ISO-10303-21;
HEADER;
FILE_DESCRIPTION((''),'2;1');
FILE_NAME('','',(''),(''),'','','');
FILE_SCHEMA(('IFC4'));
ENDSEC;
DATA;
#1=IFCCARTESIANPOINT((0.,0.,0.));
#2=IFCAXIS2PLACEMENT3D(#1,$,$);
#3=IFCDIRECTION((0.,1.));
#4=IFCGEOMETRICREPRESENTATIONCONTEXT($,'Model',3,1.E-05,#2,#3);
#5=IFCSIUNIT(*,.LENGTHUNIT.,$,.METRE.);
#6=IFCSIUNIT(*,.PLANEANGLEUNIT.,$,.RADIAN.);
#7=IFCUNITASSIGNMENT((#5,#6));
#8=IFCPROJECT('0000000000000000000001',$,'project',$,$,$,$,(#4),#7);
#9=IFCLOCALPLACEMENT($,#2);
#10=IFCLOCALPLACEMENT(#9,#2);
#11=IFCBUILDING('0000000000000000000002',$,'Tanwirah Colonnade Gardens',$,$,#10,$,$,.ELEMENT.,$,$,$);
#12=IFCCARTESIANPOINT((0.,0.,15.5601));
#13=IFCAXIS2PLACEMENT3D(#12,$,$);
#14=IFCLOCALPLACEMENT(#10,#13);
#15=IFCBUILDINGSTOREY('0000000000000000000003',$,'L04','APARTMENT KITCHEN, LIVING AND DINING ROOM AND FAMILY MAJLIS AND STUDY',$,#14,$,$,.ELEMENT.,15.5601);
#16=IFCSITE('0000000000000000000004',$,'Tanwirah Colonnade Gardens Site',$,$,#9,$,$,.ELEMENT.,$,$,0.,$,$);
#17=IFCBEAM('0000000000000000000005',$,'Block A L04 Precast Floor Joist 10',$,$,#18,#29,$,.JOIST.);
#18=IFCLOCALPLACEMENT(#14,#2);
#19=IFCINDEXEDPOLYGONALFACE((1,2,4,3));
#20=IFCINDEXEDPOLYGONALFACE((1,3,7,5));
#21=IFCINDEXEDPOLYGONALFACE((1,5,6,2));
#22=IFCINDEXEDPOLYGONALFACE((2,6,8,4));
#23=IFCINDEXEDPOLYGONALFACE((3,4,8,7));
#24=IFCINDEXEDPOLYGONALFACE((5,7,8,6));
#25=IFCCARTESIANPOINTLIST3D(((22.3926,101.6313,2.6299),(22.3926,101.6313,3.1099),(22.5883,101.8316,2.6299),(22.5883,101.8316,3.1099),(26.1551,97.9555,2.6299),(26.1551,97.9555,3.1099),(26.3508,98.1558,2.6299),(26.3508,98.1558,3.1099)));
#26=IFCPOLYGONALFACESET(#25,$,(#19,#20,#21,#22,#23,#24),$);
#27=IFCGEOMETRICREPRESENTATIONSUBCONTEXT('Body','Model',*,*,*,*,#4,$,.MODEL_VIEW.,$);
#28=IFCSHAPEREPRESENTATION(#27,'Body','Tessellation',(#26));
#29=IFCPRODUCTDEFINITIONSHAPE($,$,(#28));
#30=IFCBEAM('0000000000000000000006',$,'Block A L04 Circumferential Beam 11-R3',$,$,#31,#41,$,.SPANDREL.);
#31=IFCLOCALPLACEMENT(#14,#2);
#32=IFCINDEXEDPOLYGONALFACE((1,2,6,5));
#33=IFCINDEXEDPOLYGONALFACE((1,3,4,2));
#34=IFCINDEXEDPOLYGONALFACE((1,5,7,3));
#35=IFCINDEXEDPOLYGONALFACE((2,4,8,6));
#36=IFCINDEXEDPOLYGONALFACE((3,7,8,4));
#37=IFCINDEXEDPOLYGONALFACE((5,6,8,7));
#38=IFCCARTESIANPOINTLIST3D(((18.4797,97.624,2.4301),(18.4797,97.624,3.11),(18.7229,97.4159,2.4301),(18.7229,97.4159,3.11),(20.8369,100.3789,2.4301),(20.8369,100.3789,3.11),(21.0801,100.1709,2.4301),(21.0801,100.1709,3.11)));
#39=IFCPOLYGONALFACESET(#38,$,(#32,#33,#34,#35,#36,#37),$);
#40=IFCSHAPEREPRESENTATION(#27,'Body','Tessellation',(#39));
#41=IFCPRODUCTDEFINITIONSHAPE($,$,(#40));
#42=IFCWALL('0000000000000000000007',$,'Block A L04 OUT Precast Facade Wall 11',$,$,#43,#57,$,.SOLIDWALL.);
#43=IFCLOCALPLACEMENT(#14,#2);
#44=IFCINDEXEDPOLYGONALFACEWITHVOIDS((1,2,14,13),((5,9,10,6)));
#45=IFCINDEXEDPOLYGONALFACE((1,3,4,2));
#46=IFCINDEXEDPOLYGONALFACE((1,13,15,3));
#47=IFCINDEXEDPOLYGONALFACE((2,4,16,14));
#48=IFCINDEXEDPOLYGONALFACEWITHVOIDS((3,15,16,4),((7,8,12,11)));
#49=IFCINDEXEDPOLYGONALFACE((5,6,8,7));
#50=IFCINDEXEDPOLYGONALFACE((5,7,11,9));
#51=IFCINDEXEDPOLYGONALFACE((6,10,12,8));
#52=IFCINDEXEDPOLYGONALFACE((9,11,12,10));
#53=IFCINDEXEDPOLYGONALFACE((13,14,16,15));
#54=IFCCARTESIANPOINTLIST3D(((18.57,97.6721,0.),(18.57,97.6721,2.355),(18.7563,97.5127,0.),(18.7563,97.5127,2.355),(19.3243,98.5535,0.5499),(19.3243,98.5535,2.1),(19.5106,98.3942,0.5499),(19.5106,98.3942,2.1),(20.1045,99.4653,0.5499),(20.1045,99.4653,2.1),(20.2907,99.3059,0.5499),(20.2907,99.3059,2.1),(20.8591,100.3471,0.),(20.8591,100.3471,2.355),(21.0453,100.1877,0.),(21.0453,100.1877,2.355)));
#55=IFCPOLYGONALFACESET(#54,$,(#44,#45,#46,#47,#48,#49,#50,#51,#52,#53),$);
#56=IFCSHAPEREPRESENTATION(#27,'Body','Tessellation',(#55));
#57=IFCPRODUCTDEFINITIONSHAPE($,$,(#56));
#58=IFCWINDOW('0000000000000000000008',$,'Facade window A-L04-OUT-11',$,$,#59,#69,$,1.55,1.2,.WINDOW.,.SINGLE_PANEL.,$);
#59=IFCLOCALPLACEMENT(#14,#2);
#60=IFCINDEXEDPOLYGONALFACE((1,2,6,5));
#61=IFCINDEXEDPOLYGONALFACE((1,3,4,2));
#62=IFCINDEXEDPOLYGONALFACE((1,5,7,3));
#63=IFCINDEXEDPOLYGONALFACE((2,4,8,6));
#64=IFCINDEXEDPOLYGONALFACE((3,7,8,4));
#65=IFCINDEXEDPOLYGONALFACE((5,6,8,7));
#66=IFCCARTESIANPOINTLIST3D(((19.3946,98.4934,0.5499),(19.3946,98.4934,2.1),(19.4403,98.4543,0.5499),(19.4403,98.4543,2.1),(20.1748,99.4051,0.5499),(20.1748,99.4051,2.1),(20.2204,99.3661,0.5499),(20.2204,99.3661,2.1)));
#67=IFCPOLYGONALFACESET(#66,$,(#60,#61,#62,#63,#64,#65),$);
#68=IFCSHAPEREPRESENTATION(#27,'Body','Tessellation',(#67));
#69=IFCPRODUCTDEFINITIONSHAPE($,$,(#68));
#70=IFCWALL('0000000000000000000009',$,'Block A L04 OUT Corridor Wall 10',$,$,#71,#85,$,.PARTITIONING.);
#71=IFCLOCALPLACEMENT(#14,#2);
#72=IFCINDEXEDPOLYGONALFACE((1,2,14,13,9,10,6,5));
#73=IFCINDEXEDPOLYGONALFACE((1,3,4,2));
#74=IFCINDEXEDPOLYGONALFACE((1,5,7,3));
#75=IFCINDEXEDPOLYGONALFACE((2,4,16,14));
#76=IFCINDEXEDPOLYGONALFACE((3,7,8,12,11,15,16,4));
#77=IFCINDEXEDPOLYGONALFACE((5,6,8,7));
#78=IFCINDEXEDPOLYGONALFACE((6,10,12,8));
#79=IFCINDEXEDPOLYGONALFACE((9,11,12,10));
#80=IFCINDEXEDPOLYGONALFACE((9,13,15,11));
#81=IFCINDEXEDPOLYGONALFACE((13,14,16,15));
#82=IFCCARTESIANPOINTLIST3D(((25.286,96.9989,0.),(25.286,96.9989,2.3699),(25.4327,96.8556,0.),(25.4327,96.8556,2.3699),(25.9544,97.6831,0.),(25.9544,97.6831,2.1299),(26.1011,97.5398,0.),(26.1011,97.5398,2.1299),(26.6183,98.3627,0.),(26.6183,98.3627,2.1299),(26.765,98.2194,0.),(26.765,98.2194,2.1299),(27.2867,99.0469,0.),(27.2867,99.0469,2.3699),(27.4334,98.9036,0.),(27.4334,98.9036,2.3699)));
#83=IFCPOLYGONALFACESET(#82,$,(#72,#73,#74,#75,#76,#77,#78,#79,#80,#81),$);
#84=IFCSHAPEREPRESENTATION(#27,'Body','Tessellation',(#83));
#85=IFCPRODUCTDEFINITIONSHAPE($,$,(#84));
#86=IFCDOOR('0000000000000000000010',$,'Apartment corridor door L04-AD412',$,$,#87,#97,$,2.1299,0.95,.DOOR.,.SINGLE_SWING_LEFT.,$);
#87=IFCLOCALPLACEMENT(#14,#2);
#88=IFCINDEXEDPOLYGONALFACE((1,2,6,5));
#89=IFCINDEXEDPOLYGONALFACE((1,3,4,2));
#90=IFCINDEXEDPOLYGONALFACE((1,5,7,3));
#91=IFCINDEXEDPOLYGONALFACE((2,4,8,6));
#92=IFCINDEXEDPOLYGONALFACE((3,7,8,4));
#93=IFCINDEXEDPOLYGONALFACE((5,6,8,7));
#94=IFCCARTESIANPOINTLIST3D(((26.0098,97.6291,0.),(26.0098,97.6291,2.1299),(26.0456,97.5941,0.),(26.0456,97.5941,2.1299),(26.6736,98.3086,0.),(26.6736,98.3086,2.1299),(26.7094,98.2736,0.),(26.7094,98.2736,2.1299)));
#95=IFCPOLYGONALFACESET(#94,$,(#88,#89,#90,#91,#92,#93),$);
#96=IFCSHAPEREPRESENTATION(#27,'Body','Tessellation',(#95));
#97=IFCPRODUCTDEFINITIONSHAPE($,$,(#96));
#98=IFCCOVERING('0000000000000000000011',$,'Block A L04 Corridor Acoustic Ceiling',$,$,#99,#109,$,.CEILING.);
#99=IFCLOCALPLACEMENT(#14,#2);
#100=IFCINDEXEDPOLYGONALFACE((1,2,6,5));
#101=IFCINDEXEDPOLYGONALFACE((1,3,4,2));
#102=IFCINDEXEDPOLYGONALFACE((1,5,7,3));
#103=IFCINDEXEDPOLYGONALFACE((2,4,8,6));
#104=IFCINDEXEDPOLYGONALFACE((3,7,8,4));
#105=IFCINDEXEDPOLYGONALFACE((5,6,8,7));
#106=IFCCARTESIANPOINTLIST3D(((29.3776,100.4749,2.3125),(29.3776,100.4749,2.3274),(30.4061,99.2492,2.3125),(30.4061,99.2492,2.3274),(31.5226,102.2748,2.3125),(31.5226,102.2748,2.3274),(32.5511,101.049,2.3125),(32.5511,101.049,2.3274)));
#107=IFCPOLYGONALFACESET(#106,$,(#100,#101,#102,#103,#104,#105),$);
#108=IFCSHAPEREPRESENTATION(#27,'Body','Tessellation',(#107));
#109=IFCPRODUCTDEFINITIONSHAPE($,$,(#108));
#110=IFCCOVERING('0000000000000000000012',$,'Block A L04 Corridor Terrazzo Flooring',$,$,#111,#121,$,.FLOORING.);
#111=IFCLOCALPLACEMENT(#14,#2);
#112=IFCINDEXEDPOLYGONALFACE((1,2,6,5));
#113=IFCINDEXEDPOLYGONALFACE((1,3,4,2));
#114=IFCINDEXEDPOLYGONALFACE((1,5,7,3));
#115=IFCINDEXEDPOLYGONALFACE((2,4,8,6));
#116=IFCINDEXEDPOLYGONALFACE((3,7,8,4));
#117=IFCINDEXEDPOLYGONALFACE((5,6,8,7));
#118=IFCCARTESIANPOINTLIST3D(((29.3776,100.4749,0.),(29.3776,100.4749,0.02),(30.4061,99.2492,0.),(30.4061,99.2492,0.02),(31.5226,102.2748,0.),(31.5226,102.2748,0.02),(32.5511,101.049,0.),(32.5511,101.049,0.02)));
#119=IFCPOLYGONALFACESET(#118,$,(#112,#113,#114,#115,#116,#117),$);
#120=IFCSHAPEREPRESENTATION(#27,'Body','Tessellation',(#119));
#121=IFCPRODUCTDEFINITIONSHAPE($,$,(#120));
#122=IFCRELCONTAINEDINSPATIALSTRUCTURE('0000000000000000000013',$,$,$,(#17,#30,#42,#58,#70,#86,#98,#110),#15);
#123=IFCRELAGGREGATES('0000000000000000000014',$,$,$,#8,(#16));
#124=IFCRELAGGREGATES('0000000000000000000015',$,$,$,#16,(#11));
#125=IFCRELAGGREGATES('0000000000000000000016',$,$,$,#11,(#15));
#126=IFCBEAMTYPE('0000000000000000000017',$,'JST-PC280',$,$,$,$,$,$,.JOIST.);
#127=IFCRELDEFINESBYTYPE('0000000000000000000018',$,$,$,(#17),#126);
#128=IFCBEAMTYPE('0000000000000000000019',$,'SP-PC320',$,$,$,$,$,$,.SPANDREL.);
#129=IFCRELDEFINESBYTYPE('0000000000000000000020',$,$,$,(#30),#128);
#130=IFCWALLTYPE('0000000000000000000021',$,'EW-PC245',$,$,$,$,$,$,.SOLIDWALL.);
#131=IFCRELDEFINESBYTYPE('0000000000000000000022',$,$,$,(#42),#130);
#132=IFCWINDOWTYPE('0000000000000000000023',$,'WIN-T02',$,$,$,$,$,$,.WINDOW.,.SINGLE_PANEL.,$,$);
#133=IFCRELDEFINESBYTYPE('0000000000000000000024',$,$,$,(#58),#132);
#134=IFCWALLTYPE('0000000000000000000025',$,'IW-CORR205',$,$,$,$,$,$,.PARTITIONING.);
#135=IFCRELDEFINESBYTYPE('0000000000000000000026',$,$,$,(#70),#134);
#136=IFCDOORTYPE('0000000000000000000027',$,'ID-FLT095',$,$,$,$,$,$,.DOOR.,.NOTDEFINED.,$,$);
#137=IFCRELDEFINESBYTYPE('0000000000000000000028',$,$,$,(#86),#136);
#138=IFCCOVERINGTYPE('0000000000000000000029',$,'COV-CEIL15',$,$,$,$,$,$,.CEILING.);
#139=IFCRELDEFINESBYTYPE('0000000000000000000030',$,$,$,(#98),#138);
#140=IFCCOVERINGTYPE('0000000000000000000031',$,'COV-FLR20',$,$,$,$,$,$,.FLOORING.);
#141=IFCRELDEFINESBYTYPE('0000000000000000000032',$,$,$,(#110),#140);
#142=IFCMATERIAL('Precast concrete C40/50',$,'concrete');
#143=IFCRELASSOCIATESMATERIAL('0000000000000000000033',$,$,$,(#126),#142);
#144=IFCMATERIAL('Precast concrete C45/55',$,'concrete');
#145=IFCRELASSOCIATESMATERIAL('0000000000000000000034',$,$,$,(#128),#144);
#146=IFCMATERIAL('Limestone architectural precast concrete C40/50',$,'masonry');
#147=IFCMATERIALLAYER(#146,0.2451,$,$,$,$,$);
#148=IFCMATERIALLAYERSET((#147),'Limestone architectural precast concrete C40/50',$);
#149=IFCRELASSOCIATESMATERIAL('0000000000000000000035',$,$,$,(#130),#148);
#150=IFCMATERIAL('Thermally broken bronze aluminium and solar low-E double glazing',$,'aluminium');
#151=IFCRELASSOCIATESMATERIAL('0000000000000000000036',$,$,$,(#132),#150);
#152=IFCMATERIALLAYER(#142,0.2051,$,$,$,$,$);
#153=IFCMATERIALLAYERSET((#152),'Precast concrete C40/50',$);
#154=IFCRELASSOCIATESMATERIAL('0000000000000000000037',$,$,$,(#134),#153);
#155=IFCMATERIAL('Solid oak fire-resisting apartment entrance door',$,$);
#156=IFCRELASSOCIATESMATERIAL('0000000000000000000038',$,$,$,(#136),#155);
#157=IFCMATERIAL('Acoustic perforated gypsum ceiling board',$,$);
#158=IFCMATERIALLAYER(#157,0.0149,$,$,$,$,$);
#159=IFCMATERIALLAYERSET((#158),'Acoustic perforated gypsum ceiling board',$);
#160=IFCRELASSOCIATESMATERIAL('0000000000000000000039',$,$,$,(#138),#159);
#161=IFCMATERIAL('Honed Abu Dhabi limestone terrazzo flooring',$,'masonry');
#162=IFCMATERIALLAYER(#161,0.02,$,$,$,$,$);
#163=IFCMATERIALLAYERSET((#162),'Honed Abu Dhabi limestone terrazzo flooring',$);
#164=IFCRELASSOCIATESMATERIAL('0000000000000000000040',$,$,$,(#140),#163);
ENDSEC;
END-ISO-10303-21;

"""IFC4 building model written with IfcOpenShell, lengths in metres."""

from ifc_helpers import new_model, si_unit, direction, frame, frame_2d, origin, origin_2d, place, context, subcontext, project, spatial, rectangle, extrude, material, layer, layer_set, material_profile, profile_set, type_object, element, fill, save


model = new_model("IFC4")

# Units and contexts
model_context = context("Model", 3, precision=1e-05, world=origin(), true_north=direction((0.0, 1.0)))
body_context = subcontext(model_context, "Body", "Model", "MODEL_VIEW")
ifc_project = project(units=[si_unit("LENGTHUNIT", "METRE"), si_unit("PLANEANGLEUNIT", "RADIAN")], contexts=[model_context])

# Site, building, storey
site_placement = place(None, origin())
site = spatial("IfcSite", under=ifc_project, at=site_placement, Name="Tanwirah Colonnade Gardens Site", CompositionType="ELEMENT", RefElevation=0.0)
building_placement = place(site_placement, origin())
building = spatial("IfcBuilding", under=site, at=building_placement, Name="Tanwirah Colonnade Gardens", CompositionType="ELEMENT")
storey_placement = place(building_placement, frame((0.0, 0.0, 15.5601)))
storey = spatial("IfcBuildingStorey", under=building, at=storey_placement, Name="L04", Description="APARTMENT KITCHEN, LIVING AND DINING ROOM AND FAMILY MAJLIS AND STUDY", CompositionType="ELEMENT", Elevation=15.5601)

# Shared definitions
ifc_material_1 = material(Name="Precast concrete C45/55", Category="concrete")
ifc_material_2 = material(Name="Precast concrete C40/50", Category="concrete")

# Beams
ifc_material_profile_1 = material_profile(ifc_material_2, rectangle(XDim=0.28, YDim=0.48, at=origin_2d()), Name="PC-JST 280x480")
ifc_profile_set_1 = profile_set([ifc_material_profile_1], Name="Precast concrete C40/50")
beam_type_1 = type_object("IfcBeamType", Name="JST-PC280", PredefinedType="JOIST", material=ifc_profile_set_1)
for number, where, z_axis, x_axis, name in (
    (1, (26.2529, 98.0557, 2.8699), (-0.715297, 0.69882, 0.0), (-0.69882, -0.715297, 0.0), "Block A L04 Precast Floor Joist 10"),
):
    element("IfcBeam", number, at=place(storey_placement, frame(where, z_axis=z_axis, x_axis=x_axis)), inside=storey, type_object=beam_type_1, Name=name, PredefinedType="JOIST", context=body_context, shape_type="SweptSolid", body=[
        extrude(rectangle(XDim=0.28, YDim=0.48, at=origin_2d()), origin(), (0.0, 0.0, 1.0), 5.26),
    ])
ifc_material_profile_2 = material_profile(ifc_material_1, rectangle(XDim=0.3201, YDim=0.6799, at=origin_2d()), Name="PC-SP 320x680")
ifc_profile_set_2 = profile_set([ifc_material_profile_2], Name="Precast concrete C45/55")
beam_type_2 = type_object("IfcBeamType", Name="SP-PC320", PredefinedType="SPANDREL", material=ifc_profile_set_2)
beam_1_placement = place(storey_placement, frame((20.9585, 100.2749, 2.77), z_axis=(-0.650131, -0.759822, 0.0), x_axis=(0.759822, -0.650131, 0.0)))
element("IfcBeam", 2, at=beam_1_placement, inside=storey, type_object=beam_type_2, Name="Block A L04 Circumferential Beam 11-R3", PredefinedType="SPANDREL", context=body_context, shape_type="SweptSolid", body=[
    extrude(rectangle(XDim=0.3201, YDim=0.6799, at=origin_2d()), origin(), (0.0, 0.0, 1.0), 3.6257),
])

# Wall, opening, window
ifc_material_3 = material(Name="Limestone architectural precast concrete C40/50", Category="masonry")
ifc_layer_1 = layer(ifc_material_3, 0.2451)
ifc_layer_set_1 = layer_set([ifc_layer_1], Name="Limestone architectural precast concrete C40/50")
wall_type_1 = type_object("IfcWallType", Name="EW-PC245", PredefinedType="SOLIDWALL", material=ifc_layer_set_1)
wall_1_placement = place(storey_placement, frame((20.9521, 100.2673, 0.0), z_axis=(0.0, 0.0, 1.0), x_axis=(-0.650163, -0.759795, 0.0)))
wall_1 = element("IfcWall", 3, at=wall_1_placement, inside=storey, type_object=wall_type_1, Name="Block A L04 OUT Precast Facade Wall 11", PredefinedType="SOLIDWALL", context=body_context, shape_type="SweptSolid", body=[
    extrude(rectangle(XDim=3.5208, YDim=0.2451, at=frame_2d((1.7603, 0.0))), origin(), (0.0, 0.0, 1.0), 2.355),
])
opening_1_placement = place(wall_1_placement, frame((1.1604, 0.0, 0.55)))
opening_1 = element("IfcOpeningElement", 4, at=opening_1_placement, cuts=wall_1, PredefinedType="OPENING", context=body_context, shape_type="SweptSolid", body=[
    extrude(rectangle(XDim=1.2, YDim=1.55, at=frame_2d((0.6001, 0.7749))), frame((0.0, 0.1326, 0.0), z_axis=(0.0, -1.0, 0.0), x_axis=(1.0, 0.0, 0.0)), (0.0, 0.0, 1.0), 0.2651),
])
ifc_material_4 = material(Name="Thermally broken bronze aluminium and solar low-E double glazing", Category="aluminium")
window_type = type_object("IfcWindowType", Name="WIN-T02", PartitioningType="SINGLE_PANEL", PredefinedType="WINDOW", material=ifc_material_4)
window_placement = place(opening_1_placement, origin())
window = element("IfcWindow", 5, at=window_placement, inside=storey, type_object=window_type, Name="Facade window A-L04-OUT-11", OverallHeight=1.55, OverallWidth=1.2, PartitioningType="SINGLE_PANEL", PredefinedType="WINDOW", context=body_context, shape_type="SweptSolid", body=[
    extrude(rectangle(XDim=1.2, YDim=1.55, at=frame_2d((0.6001, 0.7749))), frame((0.0, 0.03, 0.0), z_axis=(0.0, -1.0, 0.0), x_axis=(1.0, 0.0, 0.0)), (0.0, 0.0, 1.0), 0.0601),
])
fill(opening_1, window)

# Wall, opening, door
ifc_layer_2 = layer(ifc_material_2, 0.2051)
ifc_layer_set_2 = layer_set([ifc_layer_2], Name="Precast concrete C40/50")
wall_type_2 = type_object("IfcWallType", Name="IW-CORR205", PredefinedType="PARTITIONING", material=ifc_layer_set_2)
ifc_material_5 = material(Name="Solid oak fire-resisting apartment entrance door")
wall_2_placement = place(storey_placement, frame((27.3601, 98.9753, 0.0), z_axis=(0.0, 0.0, 1.0), x_axis=(-0.698787, -0.71533, 0.0)))
wall_2 = element("IfcWall", 6, at=wall_2_placement, inside=storey, type_object=wall_type_2, Name="Block A L04 OUT Corridor Wall 10", PredefinedType="PARTITIONING", context=body_context, shape_type="SweptSolid", body=[
    extrude(rectangle(XDim=2.863, YDim=0.2051, at=frame_2d((1.4316, 0.0))), origin(), (0.0, 0.0, 1.0), 2.3699),
])
opening_2_placement = place(wall_2_placement, frame((0.9565, 0.0, 0.0)))
opening_2 = element("IfcOpeningElement", 7, at=opening_2_placement, cuts=wall_2, PredefinedType="OPENING", context=body_context, shape_type="SweptSolid", body=[
    extrude(rectangle(XDim=0.95, YDim=2.1299, at=frame_2d((0.4751, 1.0649))), frame((0.0, 0.1125, 0.0), z_axis=(0.0, -1.0, 0.0), x_axis=(1.0, 0.0, 0.0)), (0.0, 0.0, 1.0), 0.2251),
])
door_type_1 = type_object("IfcDoorType", Name="ID-FLT095", OperationType="NOTDEFINED", PredefinedType="DOOR", material=ifc_material_5)
door_1_placement = place(opening_2_placement, origin())
door_1 = element("IfcDoor", 8, at=door_1_placement, inside=storey, type_object=door_type_1, Name="Apartment corridor door L04-AD412", OperationType="SINGLE_SWING_LEFT", OverallHeight=2.1299, OverallWidth=0.95, PredefinedType="DOOR", context=body_context, shape_type="SweptSolid", body=[
    extrude(rectangle(XDim=0.95, YDim=2.1299, at=frame_2d((0.4751, 1.0649))), frame((0.0, 0.0249, 0.0), z_axis=(0.0, -1.0, 0.0), x_axis=(1.0, 0.0, 0.0)), (0.0, 0.0, 1.0), 0.05),
])
fill(opening_2, door_1)

# Coverings
ifc_material_6 = material(Name="Acoustic perforated gypsum ceiling board")
ifc_layer_3 = layer(ifc_material_6, 0.0149)
ifc_layer_set_3 = layer_set([ifc_layer_3], Name="Acoustic perforated gypsum ceiling board")
covering_type_1 = type_object("IfcCoveringType", Name="COV-CEIL15", PredefinedType="CEILING", material=ifc_layer_set_3)
covering_1_placement = place(storey_placement, frame((30.9644, 100.762, 2.3125), z_axis=(0.0, 0.0, 1.0), x_axis=(-0.766044, -0.642788, 0.0)))
element("IfcCovering", 9, at=covering_1_placement, inside=storey, type_object=covering_type_1, Name="Block A L04 Corridor Acoustic Ceiling", PredefinedType="CEILING", context=body_context, shape_type="SweptSolid", body=[
    extrude(rectangle(XDim=2.8, YDim=1.6001, at=origin_2d()), origin(), (0.0, 0.0, 1.0), 0.0149),
])
ifc_material_7 = material(Name="Honed Abu Dhabi limestone terrazzo flooring", Category="masonry")
ifc_layer_4 = layer(ifc_material_7, 0.02)
ifc_layer_set_4 = layer_set([ifc_layer_4], Name="Honed Abu Dhabi limestone terrazzo flooring")
covering_type_2 = type_object("IfcCoveringType", Name="COV-FLR20", PredefinedType="FLOORING", material=ifc_layer_set_4)
covering_2_placement = place(storey_placement, frame((30.9644, 100.762, 0.0), z_axis=(0.0, 0.0, 1.0), x_axis=(-0.766044, -0.642788, 0.0)))
element("IfcCovering", 10, at=covering_2_placement, inside=storey, type_object=covering_type_2, Name="Block A L04 Corridor Terrazzo Flooring", PredefinedType="FLOORING", context=body_context, shape_type="SweptSolid", body=[
    extrude(rectangle(XDim=2.8, YDim=1.6001, at=origin_2d()), origin(), (0.0, 0.0, 1.0), 0.02),
])

save(model, "model.ifc")
